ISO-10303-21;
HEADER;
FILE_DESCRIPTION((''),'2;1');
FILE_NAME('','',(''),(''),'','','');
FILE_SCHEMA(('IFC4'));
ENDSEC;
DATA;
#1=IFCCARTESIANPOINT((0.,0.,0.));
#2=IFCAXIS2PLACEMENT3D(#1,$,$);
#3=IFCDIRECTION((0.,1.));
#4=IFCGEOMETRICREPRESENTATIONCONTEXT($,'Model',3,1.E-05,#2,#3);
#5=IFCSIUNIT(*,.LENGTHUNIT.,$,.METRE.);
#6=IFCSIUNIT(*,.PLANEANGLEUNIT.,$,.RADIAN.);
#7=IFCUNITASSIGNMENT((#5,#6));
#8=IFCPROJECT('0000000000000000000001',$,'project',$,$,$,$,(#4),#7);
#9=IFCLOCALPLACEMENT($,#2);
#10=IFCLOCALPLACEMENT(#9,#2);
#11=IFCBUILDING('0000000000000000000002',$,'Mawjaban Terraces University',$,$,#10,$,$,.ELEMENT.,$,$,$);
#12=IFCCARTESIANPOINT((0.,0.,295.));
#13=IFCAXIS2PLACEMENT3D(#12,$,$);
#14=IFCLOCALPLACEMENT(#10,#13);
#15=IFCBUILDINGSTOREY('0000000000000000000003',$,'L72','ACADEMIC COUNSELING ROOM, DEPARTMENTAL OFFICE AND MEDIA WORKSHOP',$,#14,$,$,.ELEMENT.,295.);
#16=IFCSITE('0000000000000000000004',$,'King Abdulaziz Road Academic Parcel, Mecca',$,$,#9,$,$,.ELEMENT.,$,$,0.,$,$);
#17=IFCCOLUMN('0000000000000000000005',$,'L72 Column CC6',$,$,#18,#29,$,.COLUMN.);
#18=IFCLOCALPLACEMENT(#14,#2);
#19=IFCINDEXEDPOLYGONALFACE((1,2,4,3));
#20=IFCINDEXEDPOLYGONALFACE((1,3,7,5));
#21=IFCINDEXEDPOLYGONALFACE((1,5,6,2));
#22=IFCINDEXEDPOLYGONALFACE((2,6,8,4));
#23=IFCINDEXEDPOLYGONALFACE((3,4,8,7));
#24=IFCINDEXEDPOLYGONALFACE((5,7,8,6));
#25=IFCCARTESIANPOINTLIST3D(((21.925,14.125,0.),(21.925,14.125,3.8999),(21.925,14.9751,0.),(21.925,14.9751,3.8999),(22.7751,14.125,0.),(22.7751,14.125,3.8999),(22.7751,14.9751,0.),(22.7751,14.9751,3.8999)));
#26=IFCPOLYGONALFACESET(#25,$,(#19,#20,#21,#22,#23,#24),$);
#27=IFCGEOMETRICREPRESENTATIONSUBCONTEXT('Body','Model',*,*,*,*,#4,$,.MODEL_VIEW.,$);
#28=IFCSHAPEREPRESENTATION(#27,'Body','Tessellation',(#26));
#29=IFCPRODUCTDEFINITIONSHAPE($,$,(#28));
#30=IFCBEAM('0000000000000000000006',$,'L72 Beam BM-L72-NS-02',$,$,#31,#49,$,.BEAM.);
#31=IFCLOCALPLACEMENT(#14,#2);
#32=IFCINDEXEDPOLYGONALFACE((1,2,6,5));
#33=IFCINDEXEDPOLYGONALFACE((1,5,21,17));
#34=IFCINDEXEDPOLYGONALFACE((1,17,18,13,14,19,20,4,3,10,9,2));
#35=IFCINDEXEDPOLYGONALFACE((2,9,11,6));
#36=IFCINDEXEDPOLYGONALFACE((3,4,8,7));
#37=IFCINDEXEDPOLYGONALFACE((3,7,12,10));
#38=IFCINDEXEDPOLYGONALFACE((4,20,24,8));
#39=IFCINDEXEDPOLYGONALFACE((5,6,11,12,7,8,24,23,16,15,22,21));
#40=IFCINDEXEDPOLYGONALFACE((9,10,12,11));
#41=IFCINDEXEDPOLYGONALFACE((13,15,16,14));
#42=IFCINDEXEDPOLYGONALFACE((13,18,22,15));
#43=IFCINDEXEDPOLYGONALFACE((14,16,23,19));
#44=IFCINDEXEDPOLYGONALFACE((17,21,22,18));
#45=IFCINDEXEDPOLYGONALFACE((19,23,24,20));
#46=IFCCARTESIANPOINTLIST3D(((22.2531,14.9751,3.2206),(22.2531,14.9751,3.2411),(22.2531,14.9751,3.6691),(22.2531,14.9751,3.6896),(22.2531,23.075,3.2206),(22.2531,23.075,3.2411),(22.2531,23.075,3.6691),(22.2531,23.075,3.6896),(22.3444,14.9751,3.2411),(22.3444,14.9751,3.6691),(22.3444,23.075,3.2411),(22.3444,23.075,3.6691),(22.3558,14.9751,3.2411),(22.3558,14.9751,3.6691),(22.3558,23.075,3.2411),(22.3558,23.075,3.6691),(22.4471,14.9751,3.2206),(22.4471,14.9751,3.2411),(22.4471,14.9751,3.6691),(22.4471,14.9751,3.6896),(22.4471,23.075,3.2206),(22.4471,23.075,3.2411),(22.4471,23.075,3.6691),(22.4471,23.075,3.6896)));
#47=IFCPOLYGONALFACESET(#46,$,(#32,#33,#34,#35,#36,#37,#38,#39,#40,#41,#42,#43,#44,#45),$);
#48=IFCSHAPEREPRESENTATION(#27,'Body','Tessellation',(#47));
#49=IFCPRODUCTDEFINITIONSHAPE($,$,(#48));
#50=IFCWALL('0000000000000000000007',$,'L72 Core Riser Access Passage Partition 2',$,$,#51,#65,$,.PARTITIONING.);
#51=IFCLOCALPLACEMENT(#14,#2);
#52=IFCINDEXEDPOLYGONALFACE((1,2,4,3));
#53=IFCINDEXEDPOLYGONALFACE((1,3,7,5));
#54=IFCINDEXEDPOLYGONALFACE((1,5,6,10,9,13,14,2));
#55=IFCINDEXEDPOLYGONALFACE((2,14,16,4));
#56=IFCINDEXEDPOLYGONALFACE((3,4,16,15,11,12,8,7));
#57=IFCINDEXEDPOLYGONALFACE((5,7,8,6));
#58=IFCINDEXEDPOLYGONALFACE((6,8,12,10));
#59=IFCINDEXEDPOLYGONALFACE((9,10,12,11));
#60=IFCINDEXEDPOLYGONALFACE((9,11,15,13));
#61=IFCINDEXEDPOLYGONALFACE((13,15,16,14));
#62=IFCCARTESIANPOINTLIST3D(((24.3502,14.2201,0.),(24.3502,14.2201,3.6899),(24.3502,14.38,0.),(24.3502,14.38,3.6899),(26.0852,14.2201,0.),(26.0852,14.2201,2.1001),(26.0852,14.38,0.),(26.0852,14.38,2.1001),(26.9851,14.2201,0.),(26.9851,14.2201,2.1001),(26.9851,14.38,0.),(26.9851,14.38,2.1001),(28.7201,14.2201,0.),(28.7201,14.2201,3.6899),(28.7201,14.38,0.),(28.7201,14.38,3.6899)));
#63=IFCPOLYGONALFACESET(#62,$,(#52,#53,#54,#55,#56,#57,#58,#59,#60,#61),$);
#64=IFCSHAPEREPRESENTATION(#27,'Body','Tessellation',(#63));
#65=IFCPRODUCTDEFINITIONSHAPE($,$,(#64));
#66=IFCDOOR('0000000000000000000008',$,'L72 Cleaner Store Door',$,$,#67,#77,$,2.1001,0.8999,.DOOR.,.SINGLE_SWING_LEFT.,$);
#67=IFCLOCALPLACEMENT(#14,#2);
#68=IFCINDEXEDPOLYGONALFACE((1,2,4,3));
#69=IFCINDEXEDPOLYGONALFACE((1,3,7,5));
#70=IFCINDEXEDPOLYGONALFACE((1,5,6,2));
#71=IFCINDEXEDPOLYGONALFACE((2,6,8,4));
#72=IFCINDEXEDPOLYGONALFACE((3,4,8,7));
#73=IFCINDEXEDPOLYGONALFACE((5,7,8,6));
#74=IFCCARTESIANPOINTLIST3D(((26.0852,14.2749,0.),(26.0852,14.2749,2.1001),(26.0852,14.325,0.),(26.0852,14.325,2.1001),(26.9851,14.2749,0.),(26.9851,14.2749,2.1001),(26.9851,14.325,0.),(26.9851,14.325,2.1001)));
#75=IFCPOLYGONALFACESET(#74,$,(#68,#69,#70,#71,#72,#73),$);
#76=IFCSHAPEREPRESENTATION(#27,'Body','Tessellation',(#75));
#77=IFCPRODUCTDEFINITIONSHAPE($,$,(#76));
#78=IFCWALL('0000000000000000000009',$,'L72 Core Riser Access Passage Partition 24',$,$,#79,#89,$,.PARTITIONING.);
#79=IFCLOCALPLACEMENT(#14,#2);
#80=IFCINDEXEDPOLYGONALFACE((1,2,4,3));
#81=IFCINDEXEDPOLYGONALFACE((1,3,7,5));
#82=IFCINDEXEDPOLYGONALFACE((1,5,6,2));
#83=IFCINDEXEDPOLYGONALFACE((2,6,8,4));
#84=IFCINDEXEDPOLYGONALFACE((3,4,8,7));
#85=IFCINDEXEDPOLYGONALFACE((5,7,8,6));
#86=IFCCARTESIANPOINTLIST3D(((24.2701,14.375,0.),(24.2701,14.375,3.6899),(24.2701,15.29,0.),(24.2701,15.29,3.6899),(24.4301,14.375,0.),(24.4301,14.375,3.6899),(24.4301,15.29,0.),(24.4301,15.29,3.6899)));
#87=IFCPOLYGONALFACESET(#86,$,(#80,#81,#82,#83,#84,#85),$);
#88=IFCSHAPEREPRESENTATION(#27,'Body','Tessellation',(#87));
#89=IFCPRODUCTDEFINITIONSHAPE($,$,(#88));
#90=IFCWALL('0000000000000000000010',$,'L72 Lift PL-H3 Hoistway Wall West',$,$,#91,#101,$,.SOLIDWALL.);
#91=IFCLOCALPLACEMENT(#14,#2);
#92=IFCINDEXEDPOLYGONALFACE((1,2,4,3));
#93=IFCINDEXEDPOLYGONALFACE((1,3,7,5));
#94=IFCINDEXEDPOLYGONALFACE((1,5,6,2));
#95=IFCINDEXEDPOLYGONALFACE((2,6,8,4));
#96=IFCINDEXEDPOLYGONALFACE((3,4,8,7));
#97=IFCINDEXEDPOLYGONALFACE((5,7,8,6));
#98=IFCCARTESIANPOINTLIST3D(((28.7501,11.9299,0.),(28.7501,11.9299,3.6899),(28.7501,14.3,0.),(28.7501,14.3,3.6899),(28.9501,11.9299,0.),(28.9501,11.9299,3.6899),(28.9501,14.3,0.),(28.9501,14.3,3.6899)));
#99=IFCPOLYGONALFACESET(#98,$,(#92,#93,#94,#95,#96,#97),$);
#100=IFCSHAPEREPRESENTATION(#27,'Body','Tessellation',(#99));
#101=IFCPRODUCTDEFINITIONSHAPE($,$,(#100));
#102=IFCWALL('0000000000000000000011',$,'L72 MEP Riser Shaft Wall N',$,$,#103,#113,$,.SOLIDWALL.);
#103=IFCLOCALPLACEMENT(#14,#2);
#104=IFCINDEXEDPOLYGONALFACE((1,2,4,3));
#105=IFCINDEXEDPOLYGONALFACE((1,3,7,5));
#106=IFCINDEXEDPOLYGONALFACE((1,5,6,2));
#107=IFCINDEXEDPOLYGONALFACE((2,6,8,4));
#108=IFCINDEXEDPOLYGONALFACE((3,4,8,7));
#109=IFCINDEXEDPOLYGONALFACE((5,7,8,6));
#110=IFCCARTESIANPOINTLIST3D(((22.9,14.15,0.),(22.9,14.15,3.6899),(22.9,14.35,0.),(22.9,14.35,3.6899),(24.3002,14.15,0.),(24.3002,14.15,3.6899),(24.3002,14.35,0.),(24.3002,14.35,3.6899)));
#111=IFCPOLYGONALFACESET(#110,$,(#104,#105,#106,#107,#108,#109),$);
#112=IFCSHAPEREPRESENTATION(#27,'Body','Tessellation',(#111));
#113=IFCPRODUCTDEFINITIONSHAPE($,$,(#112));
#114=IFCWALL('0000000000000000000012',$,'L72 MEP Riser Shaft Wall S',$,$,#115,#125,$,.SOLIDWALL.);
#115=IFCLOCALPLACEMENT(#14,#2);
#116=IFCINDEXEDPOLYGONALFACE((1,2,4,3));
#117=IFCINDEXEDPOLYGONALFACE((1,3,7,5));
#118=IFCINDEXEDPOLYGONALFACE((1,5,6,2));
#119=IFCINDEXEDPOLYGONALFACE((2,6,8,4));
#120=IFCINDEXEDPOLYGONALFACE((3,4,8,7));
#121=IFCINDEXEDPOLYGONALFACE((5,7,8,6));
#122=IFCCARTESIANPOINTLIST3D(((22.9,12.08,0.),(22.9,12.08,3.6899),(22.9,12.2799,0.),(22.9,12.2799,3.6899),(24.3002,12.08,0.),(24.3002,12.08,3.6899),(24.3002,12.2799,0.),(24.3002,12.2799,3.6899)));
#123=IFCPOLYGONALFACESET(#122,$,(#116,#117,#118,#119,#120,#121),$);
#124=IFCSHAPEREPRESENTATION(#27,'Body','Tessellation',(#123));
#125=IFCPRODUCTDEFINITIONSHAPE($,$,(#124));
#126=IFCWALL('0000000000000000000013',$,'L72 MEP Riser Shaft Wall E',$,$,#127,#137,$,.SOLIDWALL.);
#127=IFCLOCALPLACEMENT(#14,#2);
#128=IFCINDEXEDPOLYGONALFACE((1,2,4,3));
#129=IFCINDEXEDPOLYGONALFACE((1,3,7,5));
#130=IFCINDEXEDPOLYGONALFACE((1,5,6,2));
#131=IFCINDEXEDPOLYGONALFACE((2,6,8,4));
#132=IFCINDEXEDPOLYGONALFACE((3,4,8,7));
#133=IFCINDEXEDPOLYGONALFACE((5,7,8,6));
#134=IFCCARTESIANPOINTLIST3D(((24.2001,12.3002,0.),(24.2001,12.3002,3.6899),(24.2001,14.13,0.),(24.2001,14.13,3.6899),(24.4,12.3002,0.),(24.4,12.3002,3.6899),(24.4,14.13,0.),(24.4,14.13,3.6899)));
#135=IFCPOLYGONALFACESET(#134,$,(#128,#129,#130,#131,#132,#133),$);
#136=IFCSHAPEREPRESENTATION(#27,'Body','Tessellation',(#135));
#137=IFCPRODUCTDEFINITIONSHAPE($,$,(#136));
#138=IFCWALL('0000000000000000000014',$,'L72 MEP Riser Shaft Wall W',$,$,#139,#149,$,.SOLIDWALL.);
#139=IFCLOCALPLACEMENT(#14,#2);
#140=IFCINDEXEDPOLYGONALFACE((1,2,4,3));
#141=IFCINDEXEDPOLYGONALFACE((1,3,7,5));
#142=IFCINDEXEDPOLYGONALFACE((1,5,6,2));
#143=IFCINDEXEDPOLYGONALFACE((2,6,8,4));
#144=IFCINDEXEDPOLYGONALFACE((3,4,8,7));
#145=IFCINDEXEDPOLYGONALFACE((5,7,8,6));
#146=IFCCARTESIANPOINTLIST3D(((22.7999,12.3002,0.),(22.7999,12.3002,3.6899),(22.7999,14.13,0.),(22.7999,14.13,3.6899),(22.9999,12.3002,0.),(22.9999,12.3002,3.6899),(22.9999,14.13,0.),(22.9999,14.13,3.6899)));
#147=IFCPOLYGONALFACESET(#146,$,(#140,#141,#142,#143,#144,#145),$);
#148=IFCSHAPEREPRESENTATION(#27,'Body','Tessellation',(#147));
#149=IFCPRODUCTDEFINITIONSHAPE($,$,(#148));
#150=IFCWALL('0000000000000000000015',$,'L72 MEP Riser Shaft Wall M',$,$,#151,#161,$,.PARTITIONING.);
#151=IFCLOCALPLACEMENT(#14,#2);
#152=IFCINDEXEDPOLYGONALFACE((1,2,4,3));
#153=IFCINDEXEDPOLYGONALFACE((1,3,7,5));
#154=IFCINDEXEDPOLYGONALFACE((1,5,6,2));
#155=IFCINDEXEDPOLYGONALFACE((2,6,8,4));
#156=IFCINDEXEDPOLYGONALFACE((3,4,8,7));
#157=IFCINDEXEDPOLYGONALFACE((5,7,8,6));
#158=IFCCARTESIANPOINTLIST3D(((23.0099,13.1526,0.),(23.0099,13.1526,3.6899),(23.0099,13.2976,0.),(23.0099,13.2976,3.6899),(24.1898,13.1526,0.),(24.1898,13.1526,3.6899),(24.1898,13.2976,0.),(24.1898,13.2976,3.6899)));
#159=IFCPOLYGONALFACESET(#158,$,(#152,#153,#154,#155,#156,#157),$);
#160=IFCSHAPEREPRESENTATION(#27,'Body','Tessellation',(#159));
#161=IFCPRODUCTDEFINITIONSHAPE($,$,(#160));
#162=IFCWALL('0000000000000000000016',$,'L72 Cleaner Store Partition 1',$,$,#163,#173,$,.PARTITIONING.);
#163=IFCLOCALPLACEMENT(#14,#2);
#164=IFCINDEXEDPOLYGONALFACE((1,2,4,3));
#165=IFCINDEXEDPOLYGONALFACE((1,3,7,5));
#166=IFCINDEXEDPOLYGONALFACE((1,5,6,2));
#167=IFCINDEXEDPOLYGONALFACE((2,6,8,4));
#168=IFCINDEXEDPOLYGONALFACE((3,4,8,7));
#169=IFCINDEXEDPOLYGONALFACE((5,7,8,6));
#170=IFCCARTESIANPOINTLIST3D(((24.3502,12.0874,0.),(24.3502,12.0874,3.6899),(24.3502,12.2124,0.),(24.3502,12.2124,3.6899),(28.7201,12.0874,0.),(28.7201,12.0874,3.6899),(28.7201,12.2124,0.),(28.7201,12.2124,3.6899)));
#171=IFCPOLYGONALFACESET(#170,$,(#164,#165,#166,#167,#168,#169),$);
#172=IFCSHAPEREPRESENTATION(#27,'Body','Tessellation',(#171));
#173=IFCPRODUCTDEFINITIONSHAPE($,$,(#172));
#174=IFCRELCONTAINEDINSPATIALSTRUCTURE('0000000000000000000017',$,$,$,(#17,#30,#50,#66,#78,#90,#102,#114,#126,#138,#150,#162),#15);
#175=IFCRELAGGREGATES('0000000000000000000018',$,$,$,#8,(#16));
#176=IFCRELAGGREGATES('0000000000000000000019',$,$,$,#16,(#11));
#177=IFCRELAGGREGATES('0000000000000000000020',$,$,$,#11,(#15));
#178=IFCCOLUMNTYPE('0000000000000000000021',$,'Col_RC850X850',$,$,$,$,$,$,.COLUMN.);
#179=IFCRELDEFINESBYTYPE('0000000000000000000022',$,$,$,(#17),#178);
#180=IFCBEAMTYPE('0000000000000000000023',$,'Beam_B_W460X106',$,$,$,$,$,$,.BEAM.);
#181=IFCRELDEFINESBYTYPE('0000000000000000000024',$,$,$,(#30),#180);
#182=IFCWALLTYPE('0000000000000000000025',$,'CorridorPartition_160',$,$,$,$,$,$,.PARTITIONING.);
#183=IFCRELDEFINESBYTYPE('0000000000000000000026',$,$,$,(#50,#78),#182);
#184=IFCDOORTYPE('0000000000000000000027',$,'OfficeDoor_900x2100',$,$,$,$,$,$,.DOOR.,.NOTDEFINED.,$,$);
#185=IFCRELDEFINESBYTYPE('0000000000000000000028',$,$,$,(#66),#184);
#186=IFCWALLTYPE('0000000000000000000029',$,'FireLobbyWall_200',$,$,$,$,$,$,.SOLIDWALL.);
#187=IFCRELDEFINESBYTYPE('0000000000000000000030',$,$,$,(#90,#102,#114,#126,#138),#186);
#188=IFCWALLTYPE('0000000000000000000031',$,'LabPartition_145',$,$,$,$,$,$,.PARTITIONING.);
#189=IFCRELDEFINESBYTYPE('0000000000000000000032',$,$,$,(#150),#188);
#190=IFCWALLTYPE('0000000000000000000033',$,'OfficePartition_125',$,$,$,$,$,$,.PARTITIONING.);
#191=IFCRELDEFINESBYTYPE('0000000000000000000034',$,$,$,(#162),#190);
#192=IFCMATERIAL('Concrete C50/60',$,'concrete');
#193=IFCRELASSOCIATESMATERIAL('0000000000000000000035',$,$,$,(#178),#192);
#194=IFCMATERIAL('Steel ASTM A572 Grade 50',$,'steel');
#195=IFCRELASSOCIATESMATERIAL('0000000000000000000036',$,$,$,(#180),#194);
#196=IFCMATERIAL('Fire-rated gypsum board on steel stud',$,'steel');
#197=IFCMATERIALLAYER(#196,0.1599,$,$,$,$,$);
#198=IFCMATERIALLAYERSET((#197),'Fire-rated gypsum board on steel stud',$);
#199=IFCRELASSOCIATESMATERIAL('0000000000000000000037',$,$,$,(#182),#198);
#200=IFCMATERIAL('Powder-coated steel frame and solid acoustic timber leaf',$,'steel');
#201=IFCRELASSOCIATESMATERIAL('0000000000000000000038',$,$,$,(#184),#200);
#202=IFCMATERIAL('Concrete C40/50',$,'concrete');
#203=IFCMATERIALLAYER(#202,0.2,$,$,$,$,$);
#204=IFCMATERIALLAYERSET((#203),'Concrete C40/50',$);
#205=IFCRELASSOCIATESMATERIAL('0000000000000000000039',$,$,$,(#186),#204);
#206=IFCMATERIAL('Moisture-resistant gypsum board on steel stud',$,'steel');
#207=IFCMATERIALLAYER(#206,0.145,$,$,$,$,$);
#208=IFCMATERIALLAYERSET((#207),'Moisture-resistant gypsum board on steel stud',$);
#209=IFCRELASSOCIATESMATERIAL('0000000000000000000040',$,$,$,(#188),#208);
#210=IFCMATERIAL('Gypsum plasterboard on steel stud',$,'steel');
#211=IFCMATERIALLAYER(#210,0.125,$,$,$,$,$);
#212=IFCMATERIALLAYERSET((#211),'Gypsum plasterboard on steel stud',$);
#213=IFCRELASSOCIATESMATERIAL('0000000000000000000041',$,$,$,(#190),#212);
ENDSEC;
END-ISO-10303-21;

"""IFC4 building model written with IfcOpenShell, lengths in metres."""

from ifc_helpers import new_model, si_unit, direction, frame, frame_2d, origin, origin_2d, place, context, subcontext, project, spatial, rectangle, i_section, extrude, material, layer, layer_set, material_profile, profile_set, type_object, element, fill, save


model = new_model("IFC4")

# Units and contexts
model_context = context("Model", 3, precision=1e-05, world=origin(), true_north=direction((0.0, 1.0)))
body_context = subcontext(model_context, "Body", "Model", "MODEL_VIEW")
ifc_project = project(units=[si_unit("LENGTHUNIT", "METRE"), si_unit("PLANEANGLEUNIT", "RADIAN")], contexts=[model_context])

# Site, building, storey
site_placement = place(None, origin())
site = spatial("IfcSite", under=ifc_project, at=site_placement, Name="King Abdulaziz Road Academic Parcel, Mecca", CompositionType="ELEMENT", RefElevation=0.0)
building_placement = place(site_placement, origin())
building = spatial("IfcBuilding", under=site, at=building_placement, Name="Mawjaban Terraces University", CompositionType="ELEMENT")
storey_placement = place(building_placement, frame((0.0, 0.0, 295.0)))
storey = spatial("IfcBuildingStorey", under=building, at=storey_placement, Name="L72", Description="ACADEMIC COUNSELING ROOM, DEPARTMENTAL OFFICE AND MEDIA WORKSHOP", CompositionType="ELEMENT", Elevation=295.0)

# Column
ifc_material_1 = material(Name="Concrete C50/60", Category="concrete")
ifc_material_profile_1 = material_profile(ifc_material_1, rectangle(XDim=0.8501, YDim=0.8501, at=origin_2d()), Name="RC850X850")
ifc_profile_set_1 = profile_set([ifc_material_profile_1], Name="Concrete C50/60")
column_type = type_object("IfcColumnType", Name="Col_RC850X850", PredefinedType="COLUMN", material=ifc_profile_set_1)
column_placement = place(storey_placement, frame((22.3501, 14.55, 0.0), z_axis=(0.0, 0.0, 1.0), x_axis=(1.0, 0.0, 0.0)))
element("IfcColumn", 1, at=column_placement, inside=storey, type_object=column_type, Name="L72 Column CC6", PredefinedType="COLUMN", context=body_context, shape_type="SweptSolid", body=[
    extrude(rectangle(XDim=0.8501, YDim=0.8501, at=origin_2d()), origin(), (0.0, 0.0, 1.0), 3.8999),
])

# Beam
ifc_material_2 = material(Name="Steel ASTM A572 Grade 50", Category="steel")
ifc_material_profile_2 = material_profile(ifc_material_2, i_section(OverallWidth=0.1941, OverallDepth=0.469, WebThickness=0.0115, FlangeThickness=0.0205, at=origin_2d()), Name="W460X106")
ifc_profile_set_2 = profile_set([ifc_material_profile_2], Name="Steel ASTM A572 Grade 50")
beam_type = type_object("IfcBeamType", Name="Beam_B_W460X106", PredefinedType="BEAM", material=ifc_profile_set_2)
beam_placement = place(storey_placement, frame((22.3501, 14.9751, 3.4551), z_axis=(0.0, 1.0, 0.0), x_axis=(-1.0, 0.0, 0.0)))
element("IfcBeam", 2, at=beam_placement, inside=storey, type_object=beam_type, Name="L72 Beam BM-L72-NS-02", PredefinedType="BEAM", context=body_context, shape_type="SweptSolid", body=[
    extrude(i_section(OverallWidth=0.1941, OverallDepth=0.469, WebThickness=0.0115, FlangeThickness=0.0205, at=origin_2d()), origin(), (0.0, 0.0, 1.0), 8.0999),
])

# Wall, opening, door
ifc_material_3 = material(Name="Fire-rated gypsum board on steel stud", Category="steel")
ifc_layer_1 = layer(ifc_material_3, 0.1599)
ifc_layer_set_1 = layer_set([ifc_layer_1], Name="Fire-rated gypsum board on steel stud")
wall_type_1 = type_object("IfcWallType", Name="CorridorPartition_160", PredefinedType="PARTITIONING", material=ifc_layer_set_1)
wall_1_placement = place(storey_placement, frame((24.3501, 14.3, 0.0), z_axis=(0.0, 0.0, 1.0), x_axis=(1.0, 0.0, 0.0)))
wall_1 = element("IfcWall", 3, at=wall_1_placement, inside=storey, type_object=wall_type_1, Name="L72 Core Riser Access Passage Partition 2", PredefinedType="PARTITIONING", context=body_context, shape_type="SweptSolid", body=[
    extrude(rectangle(XDim=4.3699, YDim=0.1599, at=frame_2d((2.1851, 0.0))), origin(), (0.0, 0.0, 1.0), 3.6899),
])
opening_placement = place(wall_1_placement, frame((1.7351, 0.0, 0.0)))
opening = element("IfcOpeningElement", 4, at=opening_placement, cuts=wall_1, PredefinedType="OPENING", context=body_context, shape_type="SweptSolid", body=[
    extrude(rectangle(XDim=0.8999, YDim=2.1001, at=frame_2d((0.45, 1.05))), frame((0.0, 0.0898, 0.0), z_axis=(0.0, -1.0, 0.0), x_axis=(1.0, 0.0, 0.0)), (0.0, 0.0, 1.0), 0.1799),
])
ifc_material_4 = material(Name="Powder-coated steel frame and solid acoustic timber leaf", Category="steel")
door_type = type_object("IfcDoorType", Name="OfficeDoor_900x2100", OperationType="NOTDEFINED", PredefinedType="DOOR", material=ifc_material_4)
door_placement = place(opening_placement, origin())
door = element("IfcDoor", 5, at=door_placement, inside=storey, type_object=door_type, Name="L72 Cleaner Store Door", OperationType="SINGLE_SWING_LEFT", OverallHeight=2.1001, OverallWidth=0.8999, PredefinedType="DOOR", context=body_context, shape_type="SweptSolid", body=[
    extrude(rectangle(XDim=0.8999, YDim=2.1001, at=frame_2d((0.45, 1.05))), frame((0.0, 0.0249, 0.0), z_axis=(0.0, -1.0, 0.0), x_axis=(1.0, 0.0, 0.0)), (0.0, 0.0, 1.0), 0.05),
])
fill(opening, door)

# Walls
wall_2_placement = place(storey_placement, frame((24.3501, 15.29, 0.0), z_axis=(0.0, 0.0, 1.0), x_axis=(0.0, -1.0, 0.0)))
element("IfcWall", 6, at=wall_2_placement, inside=storey, type_object=wall_type_1, Name="L72 Core Riser Access Passage Partition 24", PredefinedType="PARTITIONING", context=body_context, shape_type="SweptSolid", body=[
    extrude(rectangle(XDim=0.915, YDim=0.1599, at=frame_2d((0.4575, 0.0))), origin(), (0.0, 0.0, 1.0), 3.6899),
])
ifc_material_5 = material(Name="Concrete C40/50", Category="concrete")
ifc_layer_2 = layer(ifc_material_5, 0.2)
ifc_layer_set_2 = layer_set([ifc_layer_2], Name="Concrete C40/50")
wall_type_2 = type_object("IfcWallType", Name="FireLobbyWall_200", PredefinedType="SOLIDWALL", material=ifc_layer_set_2)
wall_3_placement = place(storey_placement, frame((28.8501, 14.3, 0.0), z_axis=(0.0, 0.0, 1.0), x_axis=(0.0, -1.0, 0.0)))
element("IfcWall", 7, at=wall_3_placement, inside=storey, type_object=wall_type_2, Name="L72 Lift PL-H3 Hoistway Wall West", PredefinedType="SOLIDWALL", context=body_context, shape_type="SweptSolid", body=[
    extrude(rectangle(XDim=2.3701, YDim=0.2, at=frame_2d((1.1851, 0.0))), origin(), (0.0, 0.0, 1.0), 3.6899),
])
for number, where, z_axis, x_axis, name in (
    (8, (22.8999, 14.25, 0.0), (0.0, 0.0, 1.0), (1.0, 0.0, 0.0), "L72 MEP Riser Shaft Wall N"),
    (9, (22.8999, 12.1799, 0.0), (0.0, 0.0, 1.0), (1.0, 0.0, 0.0), "L72 MEP Riser Shaft Wall S"),
):
    element("IfcWall", number, at=place(storey_placement, frame(where, z_axis=z_axis, x_axis=x_axis)), inside=storey, type_object=wall_type_2, Name=name, PredefinedType="SOLIDWALL", context=body_context, shape_type="SweptSolid", body=[
        extrude(rectangle(XDim=1.4001, YDim=0.2, at=frame_2d((0.7002, 0.0))), origin(), (0.0, 0.0, 1.0), 3.6899),
    ])
for number, where, z_axis, x_axis, name in (
    (10, (24.3, 12.3, 0.0), (0.0, 0.0, 1.0), (0.0, 1.0, 0.0), "L72 MEP Riser Shaft Wall E"),
    (11, (22.8999, 12.3, 0.0), (0.0, 0.0, 1.0), (0.0, 1.0, 0.0), "L72 MEP Riser Shaft Wall W"),
):
    element("IfcWall", number, at=place(storey_placement, frame(where, z_axis=z_axis, x_axis=x_axis)), inside=storey, type_object=wall_type_2, Name=name, PredefinedType="SOLIDWALL", context=body_context, shape_type="SweptSolid", body=[
        extrude(rectangle(XDim=1.8298, YDim=0.2, at=frame_2d((0.915, 0.0))), origin(), (0.0, 0.0, 1.0), 3.6899),
    ])
ifc_material_6 = material(Name="Moisture-resistant gypsum board on steel stud", Category="steel")
ifc_layer_3 = layer(ifc_material_6, 0.145)
ifc_layer_set_3 = layer_set([ifc_layer_3], Name="Moisture-resistant gypsum board on steel stud")
wall_type_3 = type_object("IfcWallType", Name="LabPartition_145", PredefinedType="PARTITIONING", material=ifc_layer_set_3)
wall_4_placement = place(storey_placement, frame((23.01, 13.2251, 0.0), z_axis=(0.0, 0.0, 1.0), x_axis=(1.0, 0.0, 0.0)))
element("IfcWall", 12, at=wall_4_placement, inside=storey, type_object=wall_type_3, Name="L72 MEP Riser Shaft Wall M", PredefinedType="PARTITIONING", context=body_context, shape_type="SweptSolid", body=[
    extrude(rectangle(XDim=1.1799, YDim=0.145, at=frame_2d((0.5898, 0.0))), origin(), (0.0, 0.0, 1.0), 3.6899),
])
ifc_material_7 = material(Name="Gypsum plasterboard on steel stud", Category="steel")
ifc_layer_4 = layer(ifc_material_7, 0.125)
ifc_layer_set_4 = layer_set([ifc_layer_4], Name="Gypsum plasterboard on steel stud")
wall_type_4 = type_object("IfcWallType", Name="OfficePartition_125", PredefinedType="PARTITIONING", material=ifc_layer_set_4)
wall_5_placement = place(storey_placement, frame((24.3501, 12.1499, 0.0), z_axis=(0.0, 0.0, 1.0), x_axis=(1.0, 0.0, 0.0)))
element("IfcWall", 13, at=wall_5_placement, inside=storey, type_object=wall_type_4, Name="L72 Cleaner Store Partition 1", PredefinedType="PARTITIONING", context=body_context, shape_type="SweptSolid", body=[
    extrude(rectangle(XDim=4.3699, YDim=0.125, at=frame_2d((2.1851, 0.0))), origin(), (0.0, 0.0, 1.0), 3.6899),
])

save(model, "model.ifc")
